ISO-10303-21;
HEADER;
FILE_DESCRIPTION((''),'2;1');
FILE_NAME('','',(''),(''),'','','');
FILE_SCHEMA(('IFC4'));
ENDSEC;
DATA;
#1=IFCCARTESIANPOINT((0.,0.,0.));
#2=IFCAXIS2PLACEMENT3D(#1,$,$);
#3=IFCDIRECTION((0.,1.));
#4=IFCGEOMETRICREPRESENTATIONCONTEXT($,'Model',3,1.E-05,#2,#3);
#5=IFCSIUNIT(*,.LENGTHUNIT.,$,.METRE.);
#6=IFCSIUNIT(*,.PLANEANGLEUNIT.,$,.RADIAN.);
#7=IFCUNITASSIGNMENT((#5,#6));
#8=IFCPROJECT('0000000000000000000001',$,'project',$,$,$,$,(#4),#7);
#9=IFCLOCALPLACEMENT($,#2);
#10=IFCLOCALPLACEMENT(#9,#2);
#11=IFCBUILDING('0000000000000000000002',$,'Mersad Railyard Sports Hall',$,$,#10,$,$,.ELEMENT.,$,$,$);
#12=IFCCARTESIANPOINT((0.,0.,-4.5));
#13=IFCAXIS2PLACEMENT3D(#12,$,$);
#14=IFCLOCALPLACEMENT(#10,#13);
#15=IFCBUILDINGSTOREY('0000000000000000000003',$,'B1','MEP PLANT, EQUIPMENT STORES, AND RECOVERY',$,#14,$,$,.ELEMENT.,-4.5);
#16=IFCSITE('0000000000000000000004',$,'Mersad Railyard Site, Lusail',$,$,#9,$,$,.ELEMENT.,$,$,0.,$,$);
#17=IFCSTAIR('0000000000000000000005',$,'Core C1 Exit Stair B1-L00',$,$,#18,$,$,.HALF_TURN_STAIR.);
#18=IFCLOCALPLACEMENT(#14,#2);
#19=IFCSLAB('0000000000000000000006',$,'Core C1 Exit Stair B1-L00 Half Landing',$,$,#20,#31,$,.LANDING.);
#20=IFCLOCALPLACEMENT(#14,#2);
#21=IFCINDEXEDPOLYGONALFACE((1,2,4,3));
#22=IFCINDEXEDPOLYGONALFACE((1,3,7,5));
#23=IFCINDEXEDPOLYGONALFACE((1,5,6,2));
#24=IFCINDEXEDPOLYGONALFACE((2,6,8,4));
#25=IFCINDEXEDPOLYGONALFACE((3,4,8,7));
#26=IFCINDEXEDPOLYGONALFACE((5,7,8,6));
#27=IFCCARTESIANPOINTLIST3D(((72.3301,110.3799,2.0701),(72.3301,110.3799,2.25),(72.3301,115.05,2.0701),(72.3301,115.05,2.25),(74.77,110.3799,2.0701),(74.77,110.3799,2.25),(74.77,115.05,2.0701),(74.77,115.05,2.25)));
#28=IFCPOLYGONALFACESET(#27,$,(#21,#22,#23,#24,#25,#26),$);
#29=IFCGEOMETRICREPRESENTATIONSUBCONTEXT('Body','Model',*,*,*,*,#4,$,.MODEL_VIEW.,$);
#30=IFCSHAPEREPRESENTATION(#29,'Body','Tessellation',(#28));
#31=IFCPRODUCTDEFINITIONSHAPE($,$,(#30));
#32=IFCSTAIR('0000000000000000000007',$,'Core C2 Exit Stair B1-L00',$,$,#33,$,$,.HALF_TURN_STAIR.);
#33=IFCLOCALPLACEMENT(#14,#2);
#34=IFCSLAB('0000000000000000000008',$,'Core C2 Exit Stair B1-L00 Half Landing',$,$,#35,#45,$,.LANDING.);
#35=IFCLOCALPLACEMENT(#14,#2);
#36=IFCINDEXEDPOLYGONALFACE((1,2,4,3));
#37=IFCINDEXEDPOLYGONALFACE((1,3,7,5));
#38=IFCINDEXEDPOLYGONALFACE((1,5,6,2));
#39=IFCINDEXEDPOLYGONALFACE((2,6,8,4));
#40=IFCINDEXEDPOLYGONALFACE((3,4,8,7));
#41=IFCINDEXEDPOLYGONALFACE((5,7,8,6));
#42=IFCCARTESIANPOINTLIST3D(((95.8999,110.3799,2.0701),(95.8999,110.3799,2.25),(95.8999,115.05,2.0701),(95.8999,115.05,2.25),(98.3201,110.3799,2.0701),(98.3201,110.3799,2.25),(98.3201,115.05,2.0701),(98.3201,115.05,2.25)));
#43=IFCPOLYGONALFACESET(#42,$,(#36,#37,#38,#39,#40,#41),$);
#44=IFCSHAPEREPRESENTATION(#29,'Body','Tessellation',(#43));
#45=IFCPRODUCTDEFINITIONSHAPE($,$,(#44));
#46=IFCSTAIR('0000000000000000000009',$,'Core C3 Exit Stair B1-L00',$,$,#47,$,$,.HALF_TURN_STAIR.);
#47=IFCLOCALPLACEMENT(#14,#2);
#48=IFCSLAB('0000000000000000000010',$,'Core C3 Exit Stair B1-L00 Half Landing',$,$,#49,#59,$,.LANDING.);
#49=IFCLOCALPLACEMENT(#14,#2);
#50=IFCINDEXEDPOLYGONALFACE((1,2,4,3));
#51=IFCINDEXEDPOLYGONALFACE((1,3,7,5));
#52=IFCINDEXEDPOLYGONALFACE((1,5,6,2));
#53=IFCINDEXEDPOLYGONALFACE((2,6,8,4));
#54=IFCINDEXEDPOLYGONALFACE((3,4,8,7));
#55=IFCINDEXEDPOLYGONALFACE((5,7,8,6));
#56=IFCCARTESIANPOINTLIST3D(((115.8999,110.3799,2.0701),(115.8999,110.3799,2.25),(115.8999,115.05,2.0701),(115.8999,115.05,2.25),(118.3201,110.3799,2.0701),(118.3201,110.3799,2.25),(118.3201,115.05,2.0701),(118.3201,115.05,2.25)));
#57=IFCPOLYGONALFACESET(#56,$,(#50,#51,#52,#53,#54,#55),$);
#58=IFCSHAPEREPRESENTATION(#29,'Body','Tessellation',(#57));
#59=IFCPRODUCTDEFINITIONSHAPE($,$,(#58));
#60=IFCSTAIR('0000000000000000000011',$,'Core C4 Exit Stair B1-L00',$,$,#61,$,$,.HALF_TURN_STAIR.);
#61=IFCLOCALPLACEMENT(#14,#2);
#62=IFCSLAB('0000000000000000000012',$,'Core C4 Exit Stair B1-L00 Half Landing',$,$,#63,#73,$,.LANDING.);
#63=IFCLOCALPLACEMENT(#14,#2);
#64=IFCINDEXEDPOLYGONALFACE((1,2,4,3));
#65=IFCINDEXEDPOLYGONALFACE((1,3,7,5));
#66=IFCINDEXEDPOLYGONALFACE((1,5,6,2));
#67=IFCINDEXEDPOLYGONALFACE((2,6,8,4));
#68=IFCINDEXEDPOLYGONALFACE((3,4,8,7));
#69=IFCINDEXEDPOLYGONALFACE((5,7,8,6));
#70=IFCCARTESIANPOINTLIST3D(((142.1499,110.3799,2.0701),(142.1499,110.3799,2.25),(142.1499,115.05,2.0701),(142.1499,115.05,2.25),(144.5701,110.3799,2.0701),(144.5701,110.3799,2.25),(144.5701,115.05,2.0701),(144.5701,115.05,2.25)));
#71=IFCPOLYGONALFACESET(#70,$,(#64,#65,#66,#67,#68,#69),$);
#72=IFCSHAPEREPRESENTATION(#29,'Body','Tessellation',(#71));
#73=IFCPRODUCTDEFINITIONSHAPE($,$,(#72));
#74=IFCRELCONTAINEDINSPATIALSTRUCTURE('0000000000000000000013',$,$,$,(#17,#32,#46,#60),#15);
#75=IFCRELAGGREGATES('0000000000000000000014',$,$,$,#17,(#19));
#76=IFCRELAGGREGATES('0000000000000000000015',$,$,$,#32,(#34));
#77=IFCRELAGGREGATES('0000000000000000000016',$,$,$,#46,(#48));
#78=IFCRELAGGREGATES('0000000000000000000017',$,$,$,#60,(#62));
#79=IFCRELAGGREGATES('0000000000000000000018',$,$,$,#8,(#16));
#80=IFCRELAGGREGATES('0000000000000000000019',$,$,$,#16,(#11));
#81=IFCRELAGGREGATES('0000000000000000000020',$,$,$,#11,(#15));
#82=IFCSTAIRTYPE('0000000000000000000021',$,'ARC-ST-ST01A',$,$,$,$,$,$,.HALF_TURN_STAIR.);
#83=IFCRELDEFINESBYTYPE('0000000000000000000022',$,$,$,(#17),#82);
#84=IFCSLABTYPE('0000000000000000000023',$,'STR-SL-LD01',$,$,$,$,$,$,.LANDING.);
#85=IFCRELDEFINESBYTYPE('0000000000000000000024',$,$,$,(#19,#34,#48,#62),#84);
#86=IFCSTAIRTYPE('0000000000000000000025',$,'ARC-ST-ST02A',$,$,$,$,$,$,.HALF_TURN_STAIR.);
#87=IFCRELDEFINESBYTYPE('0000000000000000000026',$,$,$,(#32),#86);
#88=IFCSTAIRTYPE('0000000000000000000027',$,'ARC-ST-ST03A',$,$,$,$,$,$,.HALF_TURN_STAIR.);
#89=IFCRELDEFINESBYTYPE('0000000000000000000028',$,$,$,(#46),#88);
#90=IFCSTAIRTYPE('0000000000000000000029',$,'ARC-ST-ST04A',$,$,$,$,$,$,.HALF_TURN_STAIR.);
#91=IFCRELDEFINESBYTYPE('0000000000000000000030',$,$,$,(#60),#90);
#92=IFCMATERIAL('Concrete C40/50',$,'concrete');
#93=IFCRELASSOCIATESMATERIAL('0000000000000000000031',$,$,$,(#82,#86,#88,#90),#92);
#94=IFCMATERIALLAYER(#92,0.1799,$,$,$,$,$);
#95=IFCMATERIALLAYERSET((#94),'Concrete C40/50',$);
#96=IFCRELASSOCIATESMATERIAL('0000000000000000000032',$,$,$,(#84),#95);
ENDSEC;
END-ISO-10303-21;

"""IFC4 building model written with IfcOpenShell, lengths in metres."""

from ifc_helpers import new_model, si_unit, direction, frame, origin, place, context, subcontext, project, spatial, polyline, outline, extrude, material, layer, layer_set, type_object, element, aggregate, save


model = new_model("IFC4")

# Units and contexts
model_context = context("Model", 3, precision=1e-05, world=origin(), true_north=direction((0.0, 1.0)))
body_context = subcontext(model_context, "Body", "Model", "MODEL_VIEW")
ifc_project = project(units=[si_unit("LENGTHUNIT", "METRE"), si_unit("PLANEANGLEUNIT", "RADIAN")], contexts=[model_context])

# Site, building, storey
site_placement = place(None, origin())
site = spatial("IfcSite", under=ifc_project, at=site_placement, Name="Mersad Railyard Site, Lusail", CompositionType="ELEMENT", RefElevation=0.0)
building_placement = place(site_placement, origin())
building = spatial("IfcBuilding", under=site, at=building_placement, Name="Mersad Railyard Sports Hall", CompositionType="ELEMENT")
storey_placement = place(building_placement, frame((0.0, 0.0, -4.5)))
storey = spatial("IfcBuildingStorey", under=building, at=storey_placement, Name="B1", Description="MEP PLANT, EQUIPMENT STORES, AND RECOVERY", CompositionType="ELEMENT", Elevation=-4.5)

# Shared definitions
ifc_material_1 = material(Name="Concrete C40/50", Category="concrete")

# Stairs, slabs
stair_type_1 = type_object("IfcStairType", Name="ARC-ST-ST01A", PredefinedType="HALF_TURN_STAIR", material=ifc_material_1)
stair_1_placement = place(storey_placement, origin())
stair_1 = element("IfcStair", 1, at=stair_1_placement, inside=storey, type_object=stair_type_1, Name="Core C1 Exit Stair B1-L00", PredefinedType="HALF_TURN_STAIR")
ifc_layer_1 = layer(ifc_material_1, 0.1799)
ifc_layer_set_1 = layer_set([ifc_layer_1], Name="Concrete C40/50")
slab_type_1 = type_object("IfcSlabType", Name="STR-SL-LD01", PredefinedType="LANDING", material=ifc_layer_set_1)
slab_1_placement = place(storey_placement, frame((0.0, 0.0, 2.0701)))
slab_1 = element("IfcSlab", 2, at=slab_1_placement, type_object=slab_type_1, Name="Core C1 Exit Stair B1-L00 Half Landing", PredefinedType="LANDING", context=body_context, shape_type="SweptSolid", body=[
    extrude(outline(polyline([(72.3301, 110.3799), (74.77, 110.3799), (74.77, 115.05), (72.3301, 115.05), (72.3301, 110.3799)])), origin(), (0.0, 0.0, 1.0), 0.1799),
])
aggregate(stair_1, [slab_1])
stair_type_2 = type_object("IfcStairType", Name="ARC-ST-ST02A", PredefinedType="HALF_TURN_STAIR", material=ifc_material_1)
stair_2_placement = place(storey_placement, origin())
stair_2 = element("IfcStair", 3, at=stair_2_placement, inside=storey, type_object=stair_type_2, Name="Core C2 Exit Stair B1-L00", PredefinedType="HALF_TURN_STAIR")
slab_2_placement = place(storey_placement, frame((0.0, 0.0, 2.0701)))
slab_2 = element("IfcSlab", 4, at=slab_2_placement, type_object=slab_type_1, Name="Core C2 Exit Stair B1-L00 Half Landing", PredefinedType="LANDING", context=body_context, shape_type="SweptSolid", body=[
    extrude(outline(polyline([(95.8999, 110.3799), (98.3201, 110.3799), (98.3201, 115.05), (95.8999, 115.05), (95.8999, 110.3799)])), origin(), (0.0, 0.0, 1.0), 0.1799),
])
aggregate(stair_2, [slab_2])
stair_type_3 = type_object("IfcStairType", Name="ARC-ST-ST03A", PredefinedType="HALF_TURN_STAIR", material=ifc_material_1)
stair_3_placement = place(storey_placement, origin())
stair_3 = element("IfcStair", 5, at=stair_3_placement, inside=storey, type_object=stair_type_3, Name="Core C3 Exit Stair B1-L00", PredefinedType="HALF_TURN_STAIR")
slab_3_placement = place(storey_placement, frame((0.0, 0.0, 2.0701)))
slab_3 = element("IfcSlab", 6, at=slab_3_placement, type_object=slab_type_1, Name="Core C3 Exit Stair B1-L00 Half Landing", PredefinedType="LANDING", context=body_context, shape_type="SweptSolid", body=[
    extrude(outline(polyline([(115.8999, 110.3799), (118.3201, 110.3799), (118.3201, 115.05), (115.8999, 115.05), (115.8999, 110.3799)])), origin(), (0.0, 0.0, 1.0), 0.1799),
])
aggregate(stair_3, [slab_3])
stair_type_4 = type_object("IfcStairType", Name="ARC-ST-ST04A", PredefinedType="HALF_TURN_STAIR", material=ifc_material_1)
stair_4_placement = place(storey_placement, origin())
stair_4 = element("IfcStair", 7, at=stair_4_placement, inside=storey, type_object=stair_type_4, Name="Core C4 Exit Stair B1-L00", PredefinedType="HALF_TURN_STAIR")
slab_4_placement = place(storey_placement, frame((0.0, 0.0, 2.0701)))
slab_4 = element("IfcSlab", 8, at=slab_4_placement, type_object=slab_type_1, Name="Core C4 Exit Stair B1-L00 Half Landing", PredefinedType="LANDING", context=body_context, shape_type="SweptSolid", body=[
    extrude(outline(polyline([(142.1499, 110.3799), (144.5701, 110.3799), (144.5701, 115.05), (142.1499, 115.05), (142.1499, 110.3799)])), origin(), (0.0, 0.0, 1.0), 0.1799),
])
aggregate(stair_4, [slab_4])

save(model, "model.ifc")
